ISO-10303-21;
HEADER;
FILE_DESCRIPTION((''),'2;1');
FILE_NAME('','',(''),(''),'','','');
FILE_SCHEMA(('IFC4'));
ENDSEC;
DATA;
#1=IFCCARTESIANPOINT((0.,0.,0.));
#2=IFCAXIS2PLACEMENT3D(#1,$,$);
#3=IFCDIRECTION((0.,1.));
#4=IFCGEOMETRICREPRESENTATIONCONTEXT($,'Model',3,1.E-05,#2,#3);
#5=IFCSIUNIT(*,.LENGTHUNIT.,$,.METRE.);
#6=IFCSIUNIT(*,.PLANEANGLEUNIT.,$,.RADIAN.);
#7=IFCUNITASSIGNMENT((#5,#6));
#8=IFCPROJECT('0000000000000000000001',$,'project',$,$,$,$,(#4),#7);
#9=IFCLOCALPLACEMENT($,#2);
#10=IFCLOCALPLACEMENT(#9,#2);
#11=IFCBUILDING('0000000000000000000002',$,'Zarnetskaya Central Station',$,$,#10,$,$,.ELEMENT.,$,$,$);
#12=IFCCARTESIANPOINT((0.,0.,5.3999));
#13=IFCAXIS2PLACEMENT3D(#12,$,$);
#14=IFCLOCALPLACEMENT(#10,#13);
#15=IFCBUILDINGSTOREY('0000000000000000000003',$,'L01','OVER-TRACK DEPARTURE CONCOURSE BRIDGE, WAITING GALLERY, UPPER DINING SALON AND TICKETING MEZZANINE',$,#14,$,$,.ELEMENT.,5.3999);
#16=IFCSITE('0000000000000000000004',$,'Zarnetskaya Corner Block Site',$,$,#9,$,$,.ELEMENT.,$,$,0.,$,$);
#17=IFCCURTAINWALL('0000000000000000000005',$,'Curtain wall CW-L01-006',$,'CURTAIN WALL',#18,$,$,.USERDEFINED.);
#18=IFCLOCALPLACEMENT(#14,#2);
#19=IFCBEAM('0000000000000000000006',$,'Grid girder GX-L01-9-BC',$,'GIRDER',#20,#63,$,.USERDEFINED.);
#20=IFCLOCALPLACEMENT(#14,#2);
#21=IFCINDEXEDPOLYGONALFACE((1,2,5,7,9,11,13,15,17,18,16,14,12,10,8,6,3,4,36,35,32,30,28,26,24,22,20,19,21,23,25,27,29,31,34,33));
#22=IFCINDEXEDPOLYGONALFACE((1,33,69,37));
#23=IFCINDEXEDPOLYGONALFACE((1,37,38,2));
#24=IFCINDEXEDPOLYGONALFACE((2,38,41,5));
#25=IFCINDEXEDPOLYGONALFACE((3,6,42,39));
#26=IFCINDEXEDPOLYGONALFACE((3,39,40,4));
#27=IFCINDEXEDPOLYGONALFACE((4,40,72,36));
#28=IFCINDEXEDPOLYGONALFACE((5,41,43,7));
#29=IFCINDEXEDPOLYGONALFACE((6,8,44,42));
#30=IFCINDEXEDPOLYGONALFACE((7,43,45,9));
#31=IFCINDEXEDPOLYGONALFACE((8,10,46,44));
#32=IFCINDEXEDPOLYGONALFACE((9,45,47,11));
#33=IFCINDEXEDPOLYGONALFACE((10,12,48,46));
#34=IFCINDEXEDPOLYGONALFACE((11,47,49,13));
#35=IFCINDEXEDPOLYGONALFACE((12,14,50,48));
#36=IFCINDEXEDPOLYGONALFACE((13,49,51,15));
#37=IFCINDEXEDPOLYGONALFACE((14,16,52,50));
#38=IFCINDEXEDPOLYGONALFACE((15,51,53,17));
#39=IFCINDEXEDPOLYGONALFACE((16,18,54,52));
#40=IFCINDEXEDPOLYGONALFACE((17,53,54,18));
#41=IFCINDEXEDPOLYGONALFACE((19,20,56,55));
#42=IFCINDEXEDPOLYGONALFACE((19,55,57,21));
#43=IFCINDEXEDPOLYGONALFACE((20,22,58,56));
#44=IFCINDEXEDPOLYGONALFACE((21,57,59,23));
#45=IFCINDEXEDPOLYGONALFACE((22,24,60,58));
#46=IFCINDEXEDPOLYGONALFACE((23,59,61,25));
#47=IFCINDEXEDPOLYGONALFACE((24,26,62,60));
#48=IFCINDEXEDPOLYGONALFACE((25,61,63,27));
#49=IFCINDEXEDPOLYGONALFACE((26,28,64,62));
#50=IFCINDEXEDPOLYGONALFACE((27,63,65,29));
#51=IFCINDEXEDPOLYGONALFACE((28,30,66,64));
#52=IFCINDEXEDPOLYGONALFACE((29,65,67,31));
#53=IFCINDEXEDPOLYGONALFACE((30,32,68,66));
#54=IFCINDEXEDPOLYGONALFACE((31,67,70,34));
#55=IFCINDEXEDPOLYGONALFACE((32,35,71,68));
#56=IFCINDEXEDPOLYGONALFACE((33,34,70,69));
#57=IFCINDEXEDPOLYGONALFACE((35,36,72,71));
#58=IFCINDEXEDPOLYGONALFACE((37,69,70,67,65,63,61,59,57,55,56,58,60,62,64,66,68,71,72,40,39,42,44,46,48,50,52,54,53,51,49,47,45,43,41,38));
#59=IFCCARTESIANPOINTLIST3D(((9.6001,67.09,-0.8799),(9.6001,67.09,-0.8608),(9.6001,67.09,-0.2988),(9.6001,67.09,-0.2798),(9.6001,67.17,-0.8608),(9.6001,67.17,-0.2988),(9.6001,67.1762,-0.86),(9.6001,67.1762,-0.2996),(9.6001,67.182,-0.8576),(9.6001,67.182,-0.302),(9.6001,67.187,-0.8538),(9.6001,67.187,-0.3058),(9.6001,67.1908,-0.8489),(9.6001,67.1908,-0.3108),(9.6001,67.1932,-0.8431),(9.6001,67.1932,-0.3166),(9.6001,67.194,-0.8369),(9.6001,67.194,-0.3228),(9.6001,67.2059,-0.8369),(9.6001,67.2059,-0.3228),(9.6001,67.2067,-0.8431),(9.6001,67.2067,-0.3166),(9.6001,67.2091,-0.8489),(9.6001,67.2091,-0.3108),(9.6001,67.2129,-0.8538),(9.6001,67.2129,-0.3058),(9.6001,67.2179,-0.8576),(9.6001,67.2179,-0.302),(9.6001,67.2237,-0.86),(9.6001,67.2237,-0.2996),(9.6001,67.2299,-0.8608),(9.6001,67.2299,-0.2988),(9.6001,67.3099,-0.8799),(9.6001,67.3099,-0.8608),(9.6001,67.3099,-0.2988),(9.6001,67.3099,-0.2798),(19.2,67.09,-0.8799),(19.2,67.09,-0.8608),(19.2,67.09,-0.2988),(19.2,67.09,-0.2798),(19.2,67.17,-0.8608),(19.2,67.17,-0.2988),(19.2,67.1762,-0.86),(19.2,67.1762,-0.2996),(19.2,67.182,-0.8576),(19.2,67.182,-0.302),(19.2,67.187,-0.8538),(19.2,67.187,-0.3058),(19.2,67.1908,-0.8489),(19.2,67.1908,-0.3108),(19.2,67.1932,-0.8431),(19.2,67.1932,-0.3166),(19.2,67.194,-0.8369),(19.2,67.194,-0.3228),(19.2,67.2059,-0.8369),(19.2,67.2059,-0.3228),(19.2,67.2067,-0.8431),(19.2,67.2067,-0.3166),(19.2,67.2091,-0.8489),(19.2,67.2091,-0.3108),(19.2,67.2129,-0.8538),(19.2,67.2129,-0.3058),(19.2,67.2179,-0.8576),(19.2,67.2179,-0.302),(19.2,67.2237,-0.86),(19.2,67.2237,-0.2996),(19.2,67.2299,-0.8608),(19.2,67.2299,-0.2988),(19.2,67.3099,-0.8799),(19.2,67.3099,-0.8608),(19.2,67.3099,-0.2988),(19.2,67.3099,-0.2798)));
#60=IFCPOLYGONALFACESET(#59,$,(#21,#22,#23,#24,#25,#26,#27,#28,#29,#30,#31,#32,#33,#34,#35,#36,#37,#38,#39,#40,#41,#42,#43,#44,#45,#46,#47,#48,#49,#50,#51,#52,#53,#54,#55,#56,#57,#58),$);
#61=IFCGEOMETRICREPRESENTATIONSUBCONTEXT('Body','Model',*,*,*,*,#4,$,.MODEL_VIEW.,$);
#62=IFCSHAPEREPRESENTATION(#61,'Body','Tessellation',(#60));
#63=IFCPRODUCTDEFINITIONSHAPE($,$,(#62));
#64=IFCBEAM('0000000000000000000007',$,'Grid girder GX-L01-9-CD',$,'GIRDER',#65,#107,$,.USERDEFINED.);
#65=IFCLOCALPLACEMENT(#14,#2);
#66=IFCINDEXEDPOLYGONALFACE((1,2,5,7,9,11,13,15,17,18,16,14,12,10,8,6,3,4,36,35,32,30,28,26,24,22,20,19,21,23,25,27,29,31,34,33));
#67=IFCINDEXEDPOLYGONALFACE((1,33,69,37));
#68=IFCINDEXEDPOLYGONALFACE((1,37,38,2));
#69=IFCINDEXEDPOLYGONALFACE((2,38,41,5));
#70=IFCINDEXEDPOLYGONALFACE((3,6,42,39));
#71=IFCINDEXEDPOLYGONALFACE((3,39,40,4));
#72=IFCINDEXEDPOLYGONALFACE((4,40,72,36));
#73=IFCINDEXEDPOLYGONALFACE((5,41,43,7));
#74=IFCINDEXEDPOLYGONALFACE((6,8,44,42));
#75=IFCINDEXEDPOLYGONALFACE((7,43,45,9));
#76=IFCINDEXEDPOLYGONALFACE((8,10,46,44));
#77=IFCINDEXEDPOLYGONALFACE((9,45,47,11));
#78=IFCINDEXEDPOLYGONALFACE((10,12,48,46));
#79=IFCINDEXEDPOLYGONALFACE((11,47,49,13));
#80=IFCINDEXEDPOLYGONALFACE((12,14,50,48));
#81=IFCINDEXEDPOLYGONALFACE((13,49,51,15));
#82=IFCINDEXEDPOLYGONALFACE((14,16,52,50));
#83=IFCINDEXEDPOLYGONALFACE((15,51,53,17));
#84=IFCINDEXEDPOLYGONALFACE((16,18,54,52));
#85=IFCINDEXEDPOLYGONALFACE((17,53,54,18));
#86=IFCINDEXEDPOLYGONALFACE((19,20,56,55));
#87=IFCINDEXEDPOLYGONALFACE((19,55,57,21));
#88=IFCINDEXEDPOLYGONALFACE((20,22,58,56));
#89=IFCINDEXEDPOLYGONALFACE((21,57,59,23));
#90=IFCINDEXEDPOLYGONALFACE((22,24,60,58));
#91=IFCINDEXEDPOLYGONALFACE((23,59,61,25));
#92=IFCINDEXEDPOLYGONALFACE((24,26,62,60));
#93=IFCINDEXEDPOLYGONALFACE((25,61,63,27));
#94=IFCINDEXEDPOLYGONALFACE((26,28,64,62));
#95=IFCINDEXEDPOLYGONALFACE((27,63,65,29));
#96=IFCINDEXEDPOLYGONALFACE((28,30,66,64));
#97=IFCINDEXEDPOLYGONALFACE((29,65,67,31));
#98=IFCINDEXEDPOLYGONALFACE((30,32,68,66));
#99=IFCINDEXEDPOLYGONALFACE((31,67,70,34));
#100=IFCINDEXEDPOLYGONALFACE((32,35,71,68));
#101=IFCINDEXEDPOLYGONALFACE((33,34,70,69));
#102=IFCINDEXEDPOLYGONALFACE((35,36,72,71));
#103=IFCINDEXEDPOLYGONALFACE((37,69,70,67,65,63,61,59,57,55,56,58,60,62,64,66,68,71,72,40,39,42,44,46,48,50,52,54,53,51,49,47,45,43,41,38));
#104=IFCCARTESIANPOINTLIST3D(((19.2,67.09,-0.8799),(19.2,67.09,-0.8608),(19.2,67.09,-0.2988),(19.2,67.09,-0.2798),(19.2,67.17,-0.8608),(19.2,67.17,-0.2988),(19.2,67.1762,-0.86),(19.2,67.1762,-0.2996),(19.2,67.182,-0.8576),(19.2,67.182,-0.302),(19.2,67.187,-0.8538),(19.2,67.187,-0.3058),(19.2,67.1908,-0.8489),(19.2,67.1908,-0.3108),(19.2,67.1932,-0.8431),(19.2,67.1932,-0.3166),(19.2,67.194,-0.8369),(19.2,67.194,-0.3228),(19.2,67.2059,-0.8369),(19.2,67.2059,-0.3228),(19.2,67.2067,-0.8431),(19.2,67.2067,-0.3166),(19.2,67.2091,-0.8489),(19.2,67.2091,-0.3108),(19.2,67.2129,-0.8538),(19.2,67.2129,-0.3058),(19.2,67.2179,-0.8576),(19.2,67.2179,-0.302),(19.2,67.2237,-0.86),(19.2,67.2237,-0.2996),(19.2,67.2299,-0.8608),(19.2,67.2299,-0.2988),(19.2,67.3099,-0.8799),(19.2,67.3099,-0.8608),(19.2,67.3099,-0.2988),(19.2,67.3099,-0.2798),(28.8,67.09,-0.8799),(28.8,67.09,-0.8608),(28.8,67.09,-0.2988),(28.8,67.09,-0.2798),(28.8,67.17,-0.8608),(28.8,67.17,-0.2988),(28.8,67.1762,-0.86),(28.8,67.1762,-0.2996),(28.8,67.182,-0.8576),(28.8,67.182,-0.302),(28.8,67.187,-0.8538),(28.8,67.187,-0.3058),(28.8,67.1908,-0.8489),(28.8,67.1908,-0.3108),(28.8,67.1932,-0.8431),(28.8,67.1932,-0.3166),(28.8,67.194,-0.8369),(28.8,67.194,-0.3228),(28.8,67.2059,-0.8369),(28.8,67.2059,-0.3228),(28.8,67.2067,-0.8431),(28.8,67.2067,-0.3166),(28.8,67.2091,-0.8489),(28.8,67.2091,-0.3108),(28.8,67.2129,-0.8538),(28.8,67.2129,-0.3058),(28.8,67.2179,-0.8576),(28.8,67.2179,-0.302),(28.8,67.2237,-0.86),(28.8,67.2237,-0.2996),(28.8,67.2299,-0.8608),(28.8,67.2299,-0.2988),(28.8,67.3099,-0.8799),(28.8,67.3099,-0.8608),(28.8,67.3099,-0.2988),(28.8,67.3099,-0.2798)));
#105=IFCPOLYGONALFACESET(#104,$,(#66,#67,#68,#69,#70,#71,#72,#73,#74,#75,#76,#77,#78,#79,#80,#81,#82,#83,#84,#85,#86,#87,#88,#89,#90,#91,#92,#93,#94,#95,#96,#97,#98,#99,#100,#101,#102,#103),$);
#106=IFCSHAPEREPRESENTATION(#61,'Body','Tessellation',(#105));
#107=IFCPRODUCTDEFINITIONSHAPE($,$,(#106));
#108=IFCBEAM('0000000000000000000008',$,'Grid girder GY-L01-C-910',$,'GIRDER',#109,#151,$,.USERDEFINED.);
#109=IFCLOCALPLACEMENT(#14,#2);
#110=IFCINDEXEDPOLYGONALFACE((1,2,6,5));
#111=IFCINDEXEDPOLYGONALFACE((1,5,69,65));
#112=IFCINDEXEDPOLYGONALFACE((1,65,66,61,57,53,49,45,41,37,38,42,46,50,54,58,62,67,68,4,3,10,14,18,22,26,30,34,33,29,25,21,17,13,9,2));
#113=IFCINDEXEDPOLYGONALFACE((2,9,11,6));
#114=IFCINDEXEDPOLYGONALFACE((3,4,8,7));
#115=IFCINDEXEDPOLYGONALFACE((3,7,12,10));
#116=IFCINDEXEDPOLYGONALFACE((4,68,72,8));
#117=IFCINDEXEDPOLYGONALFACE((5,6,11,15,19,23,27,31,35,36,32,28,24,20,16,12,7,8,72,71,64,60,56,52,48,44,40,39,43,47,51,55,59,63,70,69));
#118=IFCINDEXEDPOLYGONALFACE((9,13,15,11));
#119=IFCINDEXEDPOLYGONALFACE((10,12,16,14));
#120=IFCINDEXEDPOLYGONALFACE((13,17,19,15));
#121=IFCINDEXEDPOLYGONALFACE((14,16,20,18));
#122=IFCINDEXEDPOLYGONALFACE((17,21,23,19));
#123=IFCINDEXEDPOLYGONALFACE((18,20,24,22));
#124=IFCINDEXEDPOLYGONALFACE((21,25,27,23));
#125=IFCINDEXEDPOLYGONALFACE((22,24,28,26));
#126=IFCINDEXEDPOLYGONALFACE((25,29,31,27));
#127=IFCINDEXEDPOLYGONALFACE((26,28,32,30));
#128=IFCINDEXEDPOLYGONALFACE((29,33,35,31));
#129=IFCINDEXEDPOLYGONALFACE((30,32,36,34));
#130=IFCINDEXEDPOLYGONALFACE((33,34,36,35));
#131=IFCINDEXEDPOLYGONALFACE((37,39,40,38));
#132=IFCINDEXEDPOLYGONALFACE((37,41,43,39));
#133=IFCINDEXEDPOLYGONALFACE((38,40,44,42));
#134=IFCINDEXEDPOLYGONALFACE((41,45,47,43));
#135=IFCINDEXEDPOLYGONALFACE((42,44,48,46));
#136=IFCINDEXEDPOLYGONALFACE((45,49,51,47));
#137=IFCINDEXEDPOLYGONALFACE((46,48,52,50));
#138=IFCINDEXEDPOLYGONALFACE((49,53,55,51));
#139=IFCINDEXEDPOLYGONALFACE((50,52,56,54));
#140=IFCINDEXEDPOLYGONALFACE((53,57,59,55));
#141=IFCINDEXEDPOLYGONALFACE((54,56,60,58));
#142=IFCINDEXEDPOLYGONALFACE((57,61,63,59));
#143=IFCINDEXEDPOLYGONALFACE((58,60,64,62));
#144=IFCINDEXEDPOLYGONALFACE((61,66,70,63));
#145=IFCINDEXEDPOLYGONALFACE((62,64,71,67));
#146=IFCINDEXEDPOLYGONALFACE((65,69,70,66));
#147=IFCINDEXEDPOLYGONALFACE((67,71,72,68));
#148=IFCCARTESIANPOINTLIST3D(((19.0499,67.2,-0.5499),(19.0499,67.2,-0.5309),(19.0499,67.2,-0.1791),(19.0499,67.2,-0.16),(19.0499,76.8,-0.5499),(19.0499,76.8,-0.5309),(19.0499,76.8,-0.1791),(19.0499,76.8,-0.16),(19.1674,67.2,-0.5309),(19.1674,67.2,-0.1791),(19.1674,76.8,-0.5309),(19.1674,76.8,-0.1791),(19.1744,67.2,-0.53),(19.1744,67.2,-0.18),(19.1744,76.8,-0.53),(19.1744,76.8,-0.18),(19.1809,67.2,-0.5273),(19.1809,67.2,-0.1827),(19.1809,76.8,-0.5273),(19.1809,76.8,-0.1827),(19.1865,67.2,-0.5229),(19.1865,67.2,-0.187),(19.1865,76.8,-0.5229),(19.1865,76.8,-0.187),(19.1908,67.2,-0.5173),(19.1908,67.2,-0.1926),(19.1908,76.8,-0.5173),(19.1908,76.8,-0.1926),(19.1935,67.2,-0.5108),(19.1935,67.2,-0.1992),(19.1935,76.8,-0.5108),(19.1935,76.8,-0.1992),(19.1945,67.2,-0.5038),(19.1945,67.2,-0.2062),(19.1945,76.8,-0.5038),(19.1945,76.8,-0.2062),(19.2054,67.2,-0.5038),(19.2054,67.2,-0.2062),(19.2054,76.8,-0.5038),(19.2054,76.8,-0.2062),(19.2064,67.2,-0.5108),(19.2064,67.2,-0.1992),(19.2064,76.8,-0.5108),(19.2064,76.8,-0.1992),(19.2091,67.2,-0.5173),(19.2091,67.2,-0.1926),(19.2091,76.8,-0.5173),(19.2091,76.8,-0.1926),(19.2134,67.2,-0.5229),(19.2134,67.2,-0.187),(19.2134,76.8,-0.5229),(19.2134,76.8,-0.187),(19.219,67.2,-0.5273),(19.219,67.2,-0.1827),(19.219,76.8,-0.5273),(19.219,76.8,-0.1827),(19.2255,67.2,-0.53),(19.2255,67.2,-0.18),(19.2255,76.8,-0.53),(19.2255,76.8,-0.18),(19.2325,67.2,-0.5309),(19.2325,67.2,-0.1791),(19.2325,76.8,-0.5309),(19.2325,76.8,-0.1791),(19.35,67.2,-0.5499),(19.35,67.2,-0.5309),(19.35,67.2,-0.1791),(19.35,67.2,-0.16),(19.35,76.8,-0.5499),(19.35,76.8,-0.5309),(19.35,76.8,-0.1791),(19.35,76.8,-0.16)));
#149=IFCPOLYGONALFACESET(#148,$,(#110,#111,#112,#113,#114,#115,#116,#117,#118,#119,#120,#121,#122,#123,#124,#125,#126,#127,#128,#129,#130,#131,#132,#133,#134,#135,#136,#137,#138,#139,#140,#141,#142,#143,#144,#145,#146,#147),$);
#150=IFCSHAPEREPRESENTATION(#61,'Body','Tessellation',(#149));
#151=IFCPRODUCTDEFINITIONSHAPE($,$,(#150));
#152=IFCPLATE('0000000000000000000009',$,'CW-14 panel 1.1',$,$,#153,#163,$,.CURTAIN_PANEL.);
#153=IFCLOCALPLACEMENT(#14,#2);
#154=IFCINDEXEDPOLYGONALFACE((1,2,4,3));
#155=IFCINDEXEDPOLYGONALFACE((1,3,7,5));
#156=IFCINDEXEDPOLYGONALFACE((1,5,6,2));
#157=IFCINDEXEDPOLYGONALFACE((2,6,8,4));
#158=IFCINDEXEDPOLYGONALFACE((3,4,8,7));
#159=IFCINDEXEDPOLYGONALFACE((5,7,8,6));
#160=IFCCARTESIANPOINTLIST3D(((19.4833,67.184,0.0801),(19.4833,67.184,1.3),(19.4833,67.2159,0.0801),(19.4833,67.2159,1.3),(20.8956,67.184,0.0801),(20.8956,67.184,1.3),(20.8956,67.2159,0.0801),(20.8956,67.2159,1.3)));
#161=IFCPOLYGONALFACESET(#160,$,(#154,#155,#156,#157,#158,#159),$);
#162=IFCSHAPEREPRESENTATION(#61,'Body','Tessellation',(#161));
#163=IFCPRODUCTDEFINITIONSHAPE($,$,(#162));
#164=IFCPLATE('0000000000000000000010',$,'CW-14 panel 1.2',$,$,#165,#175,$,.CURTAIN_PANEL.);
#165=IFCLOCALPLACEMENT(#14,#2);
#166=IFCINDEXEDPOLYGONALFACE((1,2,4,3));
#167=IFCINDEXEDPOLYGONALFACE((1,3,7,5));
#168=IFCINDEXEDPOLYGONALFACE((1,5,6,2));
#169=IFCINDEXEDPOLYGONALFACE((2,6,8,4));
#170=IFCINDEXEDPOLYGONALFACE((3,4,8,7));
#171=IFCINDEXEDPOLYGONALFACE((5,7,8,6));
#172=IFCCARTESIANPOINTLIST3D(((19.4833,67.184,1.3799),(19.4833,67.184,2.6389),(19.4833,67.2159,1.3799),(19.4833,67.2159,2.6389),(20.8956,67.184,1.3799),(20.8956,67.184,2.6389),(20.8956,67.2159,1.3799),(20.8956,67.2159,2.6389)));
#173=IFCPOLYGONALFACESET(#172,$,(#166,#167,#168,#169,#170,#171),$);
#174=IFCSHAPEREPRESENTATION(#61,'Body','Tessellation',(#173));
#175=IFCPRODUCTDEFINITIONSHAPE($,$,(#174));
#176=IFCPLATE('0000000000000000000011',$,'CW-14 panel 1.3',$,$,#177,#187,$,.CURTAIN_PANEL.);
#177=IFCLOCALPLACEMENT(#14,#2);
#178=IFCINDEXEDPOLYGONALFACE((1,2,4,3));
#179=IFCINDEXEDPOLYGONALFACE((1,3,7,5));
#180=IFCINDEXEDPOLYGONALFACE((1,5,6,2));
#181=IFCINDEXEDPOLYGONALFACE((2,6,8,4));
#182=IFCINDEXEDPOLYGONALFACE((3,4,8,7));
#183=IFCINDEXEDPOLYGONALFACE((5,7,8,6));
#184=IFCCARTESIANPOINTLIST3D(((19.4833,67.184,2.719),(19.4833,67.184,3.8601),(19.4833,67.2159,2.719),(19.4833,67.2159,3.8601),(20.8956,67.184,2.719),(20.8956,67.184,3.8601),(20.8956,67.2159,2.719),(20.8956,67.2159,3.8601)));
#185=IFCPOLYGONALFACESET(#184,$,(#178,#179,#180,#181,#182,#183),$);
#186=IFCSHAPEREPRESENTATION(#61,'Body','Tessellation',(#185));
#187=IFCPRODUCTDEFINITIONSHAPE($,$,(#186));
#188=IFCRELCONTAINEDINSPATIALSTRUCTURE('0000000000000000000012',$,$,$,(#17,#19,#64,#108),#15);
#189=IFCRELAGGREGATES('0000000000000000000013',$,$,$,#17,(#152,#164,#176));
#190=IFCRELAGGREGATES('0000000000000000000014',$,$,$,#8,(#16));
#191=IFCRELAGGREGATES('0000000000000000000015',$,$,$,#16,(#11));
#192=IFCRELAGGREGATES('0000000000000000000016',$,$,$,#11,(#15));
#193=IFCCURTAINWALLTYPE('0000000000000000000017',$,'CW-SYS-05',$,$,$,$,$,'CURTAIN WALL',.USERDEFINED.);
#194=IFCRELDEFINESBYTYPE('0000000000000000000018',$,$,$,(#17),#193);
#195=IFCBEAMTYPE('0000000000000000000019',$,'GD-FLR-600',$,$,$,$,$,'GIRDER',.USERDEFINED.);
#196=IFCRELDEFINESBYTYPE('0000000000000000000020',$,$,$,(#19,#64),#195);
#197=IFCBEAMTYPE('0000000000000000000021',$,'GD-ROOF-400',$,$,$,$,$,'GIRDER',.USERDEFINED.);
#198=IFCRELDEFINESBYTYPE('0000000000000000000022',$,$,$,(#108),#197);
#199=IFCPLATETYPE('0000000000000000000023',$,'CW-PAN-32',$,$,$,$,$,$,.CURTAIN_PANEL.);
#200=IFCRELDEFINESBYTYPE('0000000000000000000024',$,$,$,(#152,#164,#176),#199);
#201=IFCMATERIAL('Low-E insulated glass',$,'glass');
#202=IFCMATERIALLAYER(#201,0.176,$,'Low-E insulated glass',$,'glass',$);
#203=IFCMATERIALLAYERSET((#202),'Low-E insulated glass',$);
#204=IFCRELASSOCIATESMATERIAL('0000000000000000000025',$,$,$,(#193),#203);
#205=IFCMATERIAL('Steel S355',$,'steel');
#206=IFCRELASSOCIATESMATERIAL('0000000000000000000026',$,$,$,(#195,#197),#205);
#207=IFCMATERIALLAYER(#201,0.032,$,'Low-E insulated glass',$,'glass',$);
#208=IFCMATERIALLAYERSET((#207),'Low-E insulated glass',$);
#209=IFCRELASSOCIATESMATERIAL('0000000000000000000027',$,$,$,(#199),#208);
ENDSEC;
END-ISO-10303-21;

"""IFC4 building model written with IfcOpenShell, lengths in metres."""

from ifc_helpers import new_model, si_unit, direction, frame, origin, origin_2d, place, context, subcontext, project, spatial, rectangle, i_section, extrude, material, layer, layer_set, material_profile, profile_set, type_object, element, aggregate, save


model = new_model("IFC4")

# Units and contexts
model_context = context("Model", 3, precision=1e-05, world=origin(), true_north=direction((0.0, 1.0)))
body_context = subcontext(model_context, "Body", "Model", "MODEL_VIEW")
ifc_project = project(units=[si_unit("LENGTHUNIT", "METRE"), si_unit("PLANEANGLEUNIT", "RADIAN")], contexts=[model_context])

# Site, building, storey
site_placement = place(None, origin())
site = spatial("IfcSite", under=ifc_project, at=site_placement, Name="Zarnetskaya Corner Block Site", CompositionType="ELEMENT", RefElevation=0.0)
building_placement = place(site_placement, origin())
building = spatial("IfcBuilding", under=site, at=building_placement, Name="Zarnetskaya Central Station", CompositionType="ELEMENT")
storey_placement = place(building_placement, frame((0.0, 0.0, 5.3999)))
storey = spatial("IfcBuildingStorey", under=building, at=storey_placement, Name="L01", Description="OVER-TRACK DEPARTURE CONCOURSE BRIDGE, WAITING GALLERY, UPPER DINING SALON AND TICKETING MEZZANINE", CompositionType="ELEMENT", Elevation=5.3999)

# Shared definitions
ifc_material_1 = material(Name="Steel S355", Category="steel")

# Curtain wall
ifc_material_2 = material(Name="Low-E insulated glass", Category="glass")
ifc_layer_1 = layer(ifc_material_2, 0.176, Name="Low-E insulated glass", Category="glass")
ifc_layer_set_1 = layer_set([ifc_layer_1], Name="Low-E insulated glass")
curtain_wall_type = type_object("IfcCurtainWallType", Name="CW-SYS-05", ElementType="CURTAIN WALL", PredefinedType="USERDEFINED", material=ifc_layer_set_1)
curtain_wall_placement = place(storey_placement, origin())
curtain_wall = element("IfcCurtainWall", 1, at=curtain_wall_placement, inside=storey, type_object=curtain_wall_type, Name="Curtain wall CW-L01-006", ObjectType="CURTAIN WALL", PredefinedType="USERDEFINED")

# Beams
ifc_material_profile_1 = material_profile(ifc_material_1, i_section(OverallWidth=0.22, OverallDepth=0.6001, WebThickness=0.012, FlangeThickness=0.019, FilletRadius=0.0239, at=origin_2d()), Name="IPE 600")
ifc_profile_set_1 = profile_set([ifc_material_profile_1], Name="Steel S355")
beam_type_1 = type_object("IfcBeamType", Name="GD-FLR-600", ElementType="GIRDER", PredefinedType="USERDEFINED", material=ifc_profile_set_1)
beam_1_placement = place(storey_placement, frame((9.6001, 67.2, -0.5798), z_axis=(1.0, 0.0, 0.0), x_axis=(0.0, 1.0, 0.0)))
element("IfcBeam", 2, at=beam_1_placement, inside=storey, type_object=beam_type_1, Name="Grid girder GX-L01-9-BC", ObjectType="GIRDER", PredefinedType="USERDEFINED", context=body_context, shape_type="SweptSolid", body=[
    extrude(i_section(OverallWidth=0.22, OverallDepth=0.6001, WebThickness=0.012, FlangeThickness=0.019, FilletRadius=0.0239, at=origin_2d()), origin(), (0.0, 0.0, 1.0), 9.5999),
])
beam_2_placement = place(storey_placement, frame((19.2, 67.2, -0.5798), z_axis=(1.0, 0.0, 0.0), x_axis=(0.0, 1.0, 0.0)))
element("IfcBeam", 3, at=beam_2_placement, inside=storey, type_object=beam_type_1, Name="Grid girder GX-L01-9-CD", ObjectType="GIRDER", PredefinedType="USERDEFINED", context=body_context, shape_type="SweptSolid", body=[
    extrude(i_section(OverallWidth=0.22, OverallDepth=0.6001, WebThickness=0.012, FlangeThickness=0.019, FilletRadius=0.0239, at=origin_2d()), origin(), (0.0, 0.0, 1.0), 9.6001),
])
ifc_material_profile_2 = material_profile(ifc_material_1, i_section(OverallWidth=0.3, OverallDepth=0.3899, WebThickness=0.011, FlangeThickness=0.019, FilletRadius=0.0271, at=origin_2d()), Name="HEA 400")
ifc_profile_set_2 = profile_set([ifc_material_profile_2], Name="Steel S355")
beam_type_2 = type_object("IfcBeamType", Name="GD-ROOF-400", ElementType="GIRDER", PredefinedType="USERDEFINED", material=ifc_profile_set_2)
beam_3_placement = place(storey_placement, frame((19.2, 67.2, -0.355), z_axis=(0.0, 1.0, 0.0), x_axis=(-1.0, 0.0, 0.0)))
element("IfcBeam", 4, at=beam_3_placement, inside=storey, type_object=beam_type_2, Name="Grid girder GY-L01-C-910", ObjectType="GIRDER", PredefinedType="USERDEFINED", context=body_context, shape_type="SweptSolid", body=[
    extrude(i_section(OverallWidth=0.3, OverallDepth=0.3899, WebThickness=0.011, FlangeThickness=0.019, FilletRadius=0.0271, at=origin_2d()), origin(), (0.0, 0.0, 1.0), 9.6001),
])

# Plates
ifc_layer_2 = layer(ifc_material_2, 0.032, Name="Low-E insulated glass", Category="glass")
ifc_layer_set_2 = layer_set([ifc_layer_2], Name="Low-E insulated glass")
plate_type = type_object("IfcPlateType", Name="CW-PAN-32", PredefinedType="CURTAIN_PANEL", material=ifc_layer_set_2)
plate_1_placement = place(storey_placement, frame((20.1895, 67.2, 0.0801), z_axis=(0.0, 0.0, 1.0), x_axis=(1.0, 0.0, 0.0)))
plate_1 = element("IfcPlate", 5, at=plate_1_placement, type_object=plate_type, Name="CW-14 panel 1.1", PredefinedType="CURTAIN_PANEL", context=body_context, shape_type="SweptSolid", body=[
    extrude(rectangle(XDim=1.4124, YDim=0.032, at=origin_2d()), origin(), (0.0, 0.0, 1.0), 1.22),
])
plate_2_placement = place(storey_placement, frame((20.1895, 67.2, 1.3799), z_axis=(0.0, 0.0, 1.0), x_axis=(1.0, 0.0, 0.0)))
plate_2 = element("IfcPlate", 6, at=plate_2_placement, type_object=plate_type, Name="CW-14 panel 1.2", PredefinedType="CURTAIN_PANEL", context=body_context, shape_type="SweptSolid", body=[
    extrude(rectangle(XDim=1.4124, YDim=0.032, at=origin_2d()), origin(), (0.0, 0.0, 1.0), 1.259),
])
plate_3_placement = place(storey_placement, frame((20.1895, 67.2, 2.719), z_axis=(0.0, 0.0, 1.0), x_axis=(1.0, 0.0, 0.0)))
plate_3 = element("IfcPlate", 7, at=plate_3_placement, type_object=plate_type, Name="CW-14 panel 1.3", PredefinedType="CURTAIN_PANEL", context=body_context, shape_type="SweptSolid", body=[
    extrude(rectangle(XDim=1.4124, YDim=0.032, at=origin_2d()), origin(), (0.0, 0.0, 1.0), 1.1411),
])
aggregate(curtain_wall, [plate_1, plate_2, plate_3])

save(model, "model.ifc")
